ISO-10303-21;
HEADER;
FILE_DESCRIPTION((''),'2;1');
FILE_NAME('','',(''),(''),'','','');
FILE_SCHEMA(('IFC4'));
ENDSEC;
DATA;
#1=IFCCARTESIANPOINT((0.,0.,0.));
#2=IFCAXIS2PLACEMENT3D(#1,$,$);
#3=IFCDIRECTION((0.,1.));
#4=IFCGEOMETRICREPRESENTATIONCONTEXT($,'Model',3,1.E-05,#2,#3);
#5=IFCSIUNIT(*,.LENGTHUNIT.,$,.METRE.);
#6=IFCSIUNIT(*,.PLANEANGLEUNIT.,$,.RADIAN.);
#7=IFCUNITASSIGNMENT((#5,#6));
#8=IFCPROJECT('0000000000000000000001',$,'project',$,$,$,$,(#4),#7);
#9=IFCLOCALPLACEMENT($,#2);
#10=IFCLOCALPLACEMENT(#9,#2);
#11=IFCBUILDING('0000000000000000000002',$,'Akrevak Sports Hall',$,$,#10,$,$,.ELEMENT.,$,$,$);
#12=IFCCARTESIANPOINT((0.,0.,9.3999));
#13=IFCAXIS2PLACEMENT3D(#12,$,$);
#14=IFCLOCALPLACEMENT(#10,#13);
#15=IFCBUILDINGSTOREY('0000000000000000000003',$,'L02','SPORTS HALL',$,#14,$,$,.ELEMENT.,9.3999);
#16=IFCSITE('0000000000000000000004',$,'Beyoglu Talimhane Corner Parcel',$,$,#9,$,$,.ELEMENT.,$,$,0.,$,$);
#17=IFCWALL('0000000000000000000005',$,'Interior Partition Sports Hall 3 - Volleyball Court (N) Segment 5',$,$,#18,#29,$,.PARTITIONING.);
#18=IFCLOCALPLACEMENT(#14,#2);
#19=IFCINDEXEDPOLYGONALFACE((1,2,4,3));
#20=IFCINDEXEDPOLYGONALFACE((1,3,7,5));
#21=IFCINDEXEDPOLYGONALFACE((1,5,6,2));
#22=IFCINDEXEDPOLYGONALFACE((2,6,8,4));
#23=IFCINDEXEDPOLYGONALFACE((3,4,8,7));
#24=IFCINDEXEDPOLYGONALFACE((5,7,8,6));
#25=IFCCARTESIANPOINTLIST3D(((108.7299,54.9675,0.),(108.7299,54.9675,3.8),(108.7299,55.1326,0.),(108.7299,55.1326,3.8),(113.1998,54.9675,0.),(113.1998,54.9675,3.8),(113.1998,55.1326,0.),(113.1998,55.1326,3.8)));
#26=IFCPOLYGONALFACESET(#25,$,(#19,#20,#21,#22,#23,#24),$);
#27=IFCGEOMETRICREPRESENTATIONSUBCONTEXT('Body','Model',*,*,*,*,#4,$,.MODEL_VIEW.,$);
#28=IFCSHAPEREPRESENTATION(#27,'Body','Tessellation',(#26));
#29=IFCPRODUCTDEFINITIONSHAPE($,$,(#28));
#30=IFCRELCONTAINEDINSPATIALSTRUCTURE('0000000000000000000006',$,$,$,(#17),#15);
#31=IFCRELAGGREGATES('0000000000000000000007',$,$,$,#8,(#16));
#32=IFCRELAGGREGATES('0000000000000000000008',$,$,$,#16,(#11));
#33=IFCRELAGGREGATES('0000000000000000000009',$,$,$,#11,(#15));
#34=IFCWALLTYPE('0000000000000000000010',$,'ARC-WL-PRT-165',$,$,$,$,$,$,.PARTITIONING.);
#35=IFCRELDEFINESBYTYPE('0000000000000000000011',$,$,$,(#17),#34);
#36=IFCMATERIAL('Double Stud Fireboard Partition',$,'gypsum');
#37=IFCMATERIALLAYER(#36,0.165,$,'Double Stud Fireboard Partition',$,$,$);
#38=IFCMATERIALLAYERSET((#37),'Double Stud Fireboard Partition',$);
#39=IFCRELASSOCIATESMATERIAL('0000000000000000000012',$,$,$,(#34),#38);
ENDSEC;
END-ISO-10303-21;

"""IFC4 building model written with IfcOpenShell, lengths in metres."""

from ifc_helpers import new_model, si_unit, direction, frame, frame_2d, origin, place, context, subcontext, project, spatial, rectangle, extrude, material, layer, layer_set, type_object, element, save


model = new_model("IFC4")

# Units and contexts
model_context = context("Model", 3, precision=1e-05, world=origin(), true_north=direction((0.0, 1.0)))
body_context = subcontext(model_context, "Body", "Model", "MODEL_VIEW")
ifc_project = project(units=[si_unit("LENGTHUNIT", "METRE"), si_unit("PLANEANGLEUNIT", "RADIAN")], contexts=[model_context])

# Site, building, storey
site_placement = place(None, origin())
site = spatial("IfcSite", under=ifc_project, at=site_placement, Name="Beyoglu Talimhane Corner Parcel", CompositionType="ELEMENT", RefElevation=0.0)
building_placement = place(site_placement, origin())
building = spatial("IfcBuilding", under=site, at=building_placement, Name="Akrevak Sports Hall", CompositionType="ELEMENT")
storey_placement = place(building_placement, frame((0.0, 0.0, 9.3999)))
storey = spatial("IfcBuildingStorey", under=building, at=storey_placement, Name="L02", Description="SPORTS HALL", CompositionType="ELEMENT", Elevation=9.3999)

# Wall
ifc_material_1 = material(Name="Double Stud Fireboard Partition", Category="gypsum")
ifc_layer_1 = layer(ifc_material_1, 0.165, Name="Double Stud Fireboard Partition")
ifc_layer_set_1 = layer_set([ifc_layer_1], Name="Double Stud Fireboard Partition")
wall_type = type_object("IfcWallType", Name="ARC-WL-PRT-165", PredefinedType="PARTITIONING", material=ifc_layer_set_1)
wall_placement = place(storey_placement, frame((108.73, 55.05, 0.0), z_axis=(0.0, 0.0, 1.0), x_axis=(1.0, 0.0, 0.0)))
element("IfcWall", 1, at=wall_placement, inside=storey, type_object=wall_type, Name="Interior Partition Sports Hall 3 - Volleyball Court (N) Segment 5", PredefinedType="PARTITIONING", context=body_context, shape_type="SweptSolid", body=[
    extrude(rectangle(XDim=4.47, YDim=0.165, at=frame_2d((2.2349, 0.0))), origin(), (0.0, 0.0, 1.0), 3.8),
])

save(model, "model.ifc")
